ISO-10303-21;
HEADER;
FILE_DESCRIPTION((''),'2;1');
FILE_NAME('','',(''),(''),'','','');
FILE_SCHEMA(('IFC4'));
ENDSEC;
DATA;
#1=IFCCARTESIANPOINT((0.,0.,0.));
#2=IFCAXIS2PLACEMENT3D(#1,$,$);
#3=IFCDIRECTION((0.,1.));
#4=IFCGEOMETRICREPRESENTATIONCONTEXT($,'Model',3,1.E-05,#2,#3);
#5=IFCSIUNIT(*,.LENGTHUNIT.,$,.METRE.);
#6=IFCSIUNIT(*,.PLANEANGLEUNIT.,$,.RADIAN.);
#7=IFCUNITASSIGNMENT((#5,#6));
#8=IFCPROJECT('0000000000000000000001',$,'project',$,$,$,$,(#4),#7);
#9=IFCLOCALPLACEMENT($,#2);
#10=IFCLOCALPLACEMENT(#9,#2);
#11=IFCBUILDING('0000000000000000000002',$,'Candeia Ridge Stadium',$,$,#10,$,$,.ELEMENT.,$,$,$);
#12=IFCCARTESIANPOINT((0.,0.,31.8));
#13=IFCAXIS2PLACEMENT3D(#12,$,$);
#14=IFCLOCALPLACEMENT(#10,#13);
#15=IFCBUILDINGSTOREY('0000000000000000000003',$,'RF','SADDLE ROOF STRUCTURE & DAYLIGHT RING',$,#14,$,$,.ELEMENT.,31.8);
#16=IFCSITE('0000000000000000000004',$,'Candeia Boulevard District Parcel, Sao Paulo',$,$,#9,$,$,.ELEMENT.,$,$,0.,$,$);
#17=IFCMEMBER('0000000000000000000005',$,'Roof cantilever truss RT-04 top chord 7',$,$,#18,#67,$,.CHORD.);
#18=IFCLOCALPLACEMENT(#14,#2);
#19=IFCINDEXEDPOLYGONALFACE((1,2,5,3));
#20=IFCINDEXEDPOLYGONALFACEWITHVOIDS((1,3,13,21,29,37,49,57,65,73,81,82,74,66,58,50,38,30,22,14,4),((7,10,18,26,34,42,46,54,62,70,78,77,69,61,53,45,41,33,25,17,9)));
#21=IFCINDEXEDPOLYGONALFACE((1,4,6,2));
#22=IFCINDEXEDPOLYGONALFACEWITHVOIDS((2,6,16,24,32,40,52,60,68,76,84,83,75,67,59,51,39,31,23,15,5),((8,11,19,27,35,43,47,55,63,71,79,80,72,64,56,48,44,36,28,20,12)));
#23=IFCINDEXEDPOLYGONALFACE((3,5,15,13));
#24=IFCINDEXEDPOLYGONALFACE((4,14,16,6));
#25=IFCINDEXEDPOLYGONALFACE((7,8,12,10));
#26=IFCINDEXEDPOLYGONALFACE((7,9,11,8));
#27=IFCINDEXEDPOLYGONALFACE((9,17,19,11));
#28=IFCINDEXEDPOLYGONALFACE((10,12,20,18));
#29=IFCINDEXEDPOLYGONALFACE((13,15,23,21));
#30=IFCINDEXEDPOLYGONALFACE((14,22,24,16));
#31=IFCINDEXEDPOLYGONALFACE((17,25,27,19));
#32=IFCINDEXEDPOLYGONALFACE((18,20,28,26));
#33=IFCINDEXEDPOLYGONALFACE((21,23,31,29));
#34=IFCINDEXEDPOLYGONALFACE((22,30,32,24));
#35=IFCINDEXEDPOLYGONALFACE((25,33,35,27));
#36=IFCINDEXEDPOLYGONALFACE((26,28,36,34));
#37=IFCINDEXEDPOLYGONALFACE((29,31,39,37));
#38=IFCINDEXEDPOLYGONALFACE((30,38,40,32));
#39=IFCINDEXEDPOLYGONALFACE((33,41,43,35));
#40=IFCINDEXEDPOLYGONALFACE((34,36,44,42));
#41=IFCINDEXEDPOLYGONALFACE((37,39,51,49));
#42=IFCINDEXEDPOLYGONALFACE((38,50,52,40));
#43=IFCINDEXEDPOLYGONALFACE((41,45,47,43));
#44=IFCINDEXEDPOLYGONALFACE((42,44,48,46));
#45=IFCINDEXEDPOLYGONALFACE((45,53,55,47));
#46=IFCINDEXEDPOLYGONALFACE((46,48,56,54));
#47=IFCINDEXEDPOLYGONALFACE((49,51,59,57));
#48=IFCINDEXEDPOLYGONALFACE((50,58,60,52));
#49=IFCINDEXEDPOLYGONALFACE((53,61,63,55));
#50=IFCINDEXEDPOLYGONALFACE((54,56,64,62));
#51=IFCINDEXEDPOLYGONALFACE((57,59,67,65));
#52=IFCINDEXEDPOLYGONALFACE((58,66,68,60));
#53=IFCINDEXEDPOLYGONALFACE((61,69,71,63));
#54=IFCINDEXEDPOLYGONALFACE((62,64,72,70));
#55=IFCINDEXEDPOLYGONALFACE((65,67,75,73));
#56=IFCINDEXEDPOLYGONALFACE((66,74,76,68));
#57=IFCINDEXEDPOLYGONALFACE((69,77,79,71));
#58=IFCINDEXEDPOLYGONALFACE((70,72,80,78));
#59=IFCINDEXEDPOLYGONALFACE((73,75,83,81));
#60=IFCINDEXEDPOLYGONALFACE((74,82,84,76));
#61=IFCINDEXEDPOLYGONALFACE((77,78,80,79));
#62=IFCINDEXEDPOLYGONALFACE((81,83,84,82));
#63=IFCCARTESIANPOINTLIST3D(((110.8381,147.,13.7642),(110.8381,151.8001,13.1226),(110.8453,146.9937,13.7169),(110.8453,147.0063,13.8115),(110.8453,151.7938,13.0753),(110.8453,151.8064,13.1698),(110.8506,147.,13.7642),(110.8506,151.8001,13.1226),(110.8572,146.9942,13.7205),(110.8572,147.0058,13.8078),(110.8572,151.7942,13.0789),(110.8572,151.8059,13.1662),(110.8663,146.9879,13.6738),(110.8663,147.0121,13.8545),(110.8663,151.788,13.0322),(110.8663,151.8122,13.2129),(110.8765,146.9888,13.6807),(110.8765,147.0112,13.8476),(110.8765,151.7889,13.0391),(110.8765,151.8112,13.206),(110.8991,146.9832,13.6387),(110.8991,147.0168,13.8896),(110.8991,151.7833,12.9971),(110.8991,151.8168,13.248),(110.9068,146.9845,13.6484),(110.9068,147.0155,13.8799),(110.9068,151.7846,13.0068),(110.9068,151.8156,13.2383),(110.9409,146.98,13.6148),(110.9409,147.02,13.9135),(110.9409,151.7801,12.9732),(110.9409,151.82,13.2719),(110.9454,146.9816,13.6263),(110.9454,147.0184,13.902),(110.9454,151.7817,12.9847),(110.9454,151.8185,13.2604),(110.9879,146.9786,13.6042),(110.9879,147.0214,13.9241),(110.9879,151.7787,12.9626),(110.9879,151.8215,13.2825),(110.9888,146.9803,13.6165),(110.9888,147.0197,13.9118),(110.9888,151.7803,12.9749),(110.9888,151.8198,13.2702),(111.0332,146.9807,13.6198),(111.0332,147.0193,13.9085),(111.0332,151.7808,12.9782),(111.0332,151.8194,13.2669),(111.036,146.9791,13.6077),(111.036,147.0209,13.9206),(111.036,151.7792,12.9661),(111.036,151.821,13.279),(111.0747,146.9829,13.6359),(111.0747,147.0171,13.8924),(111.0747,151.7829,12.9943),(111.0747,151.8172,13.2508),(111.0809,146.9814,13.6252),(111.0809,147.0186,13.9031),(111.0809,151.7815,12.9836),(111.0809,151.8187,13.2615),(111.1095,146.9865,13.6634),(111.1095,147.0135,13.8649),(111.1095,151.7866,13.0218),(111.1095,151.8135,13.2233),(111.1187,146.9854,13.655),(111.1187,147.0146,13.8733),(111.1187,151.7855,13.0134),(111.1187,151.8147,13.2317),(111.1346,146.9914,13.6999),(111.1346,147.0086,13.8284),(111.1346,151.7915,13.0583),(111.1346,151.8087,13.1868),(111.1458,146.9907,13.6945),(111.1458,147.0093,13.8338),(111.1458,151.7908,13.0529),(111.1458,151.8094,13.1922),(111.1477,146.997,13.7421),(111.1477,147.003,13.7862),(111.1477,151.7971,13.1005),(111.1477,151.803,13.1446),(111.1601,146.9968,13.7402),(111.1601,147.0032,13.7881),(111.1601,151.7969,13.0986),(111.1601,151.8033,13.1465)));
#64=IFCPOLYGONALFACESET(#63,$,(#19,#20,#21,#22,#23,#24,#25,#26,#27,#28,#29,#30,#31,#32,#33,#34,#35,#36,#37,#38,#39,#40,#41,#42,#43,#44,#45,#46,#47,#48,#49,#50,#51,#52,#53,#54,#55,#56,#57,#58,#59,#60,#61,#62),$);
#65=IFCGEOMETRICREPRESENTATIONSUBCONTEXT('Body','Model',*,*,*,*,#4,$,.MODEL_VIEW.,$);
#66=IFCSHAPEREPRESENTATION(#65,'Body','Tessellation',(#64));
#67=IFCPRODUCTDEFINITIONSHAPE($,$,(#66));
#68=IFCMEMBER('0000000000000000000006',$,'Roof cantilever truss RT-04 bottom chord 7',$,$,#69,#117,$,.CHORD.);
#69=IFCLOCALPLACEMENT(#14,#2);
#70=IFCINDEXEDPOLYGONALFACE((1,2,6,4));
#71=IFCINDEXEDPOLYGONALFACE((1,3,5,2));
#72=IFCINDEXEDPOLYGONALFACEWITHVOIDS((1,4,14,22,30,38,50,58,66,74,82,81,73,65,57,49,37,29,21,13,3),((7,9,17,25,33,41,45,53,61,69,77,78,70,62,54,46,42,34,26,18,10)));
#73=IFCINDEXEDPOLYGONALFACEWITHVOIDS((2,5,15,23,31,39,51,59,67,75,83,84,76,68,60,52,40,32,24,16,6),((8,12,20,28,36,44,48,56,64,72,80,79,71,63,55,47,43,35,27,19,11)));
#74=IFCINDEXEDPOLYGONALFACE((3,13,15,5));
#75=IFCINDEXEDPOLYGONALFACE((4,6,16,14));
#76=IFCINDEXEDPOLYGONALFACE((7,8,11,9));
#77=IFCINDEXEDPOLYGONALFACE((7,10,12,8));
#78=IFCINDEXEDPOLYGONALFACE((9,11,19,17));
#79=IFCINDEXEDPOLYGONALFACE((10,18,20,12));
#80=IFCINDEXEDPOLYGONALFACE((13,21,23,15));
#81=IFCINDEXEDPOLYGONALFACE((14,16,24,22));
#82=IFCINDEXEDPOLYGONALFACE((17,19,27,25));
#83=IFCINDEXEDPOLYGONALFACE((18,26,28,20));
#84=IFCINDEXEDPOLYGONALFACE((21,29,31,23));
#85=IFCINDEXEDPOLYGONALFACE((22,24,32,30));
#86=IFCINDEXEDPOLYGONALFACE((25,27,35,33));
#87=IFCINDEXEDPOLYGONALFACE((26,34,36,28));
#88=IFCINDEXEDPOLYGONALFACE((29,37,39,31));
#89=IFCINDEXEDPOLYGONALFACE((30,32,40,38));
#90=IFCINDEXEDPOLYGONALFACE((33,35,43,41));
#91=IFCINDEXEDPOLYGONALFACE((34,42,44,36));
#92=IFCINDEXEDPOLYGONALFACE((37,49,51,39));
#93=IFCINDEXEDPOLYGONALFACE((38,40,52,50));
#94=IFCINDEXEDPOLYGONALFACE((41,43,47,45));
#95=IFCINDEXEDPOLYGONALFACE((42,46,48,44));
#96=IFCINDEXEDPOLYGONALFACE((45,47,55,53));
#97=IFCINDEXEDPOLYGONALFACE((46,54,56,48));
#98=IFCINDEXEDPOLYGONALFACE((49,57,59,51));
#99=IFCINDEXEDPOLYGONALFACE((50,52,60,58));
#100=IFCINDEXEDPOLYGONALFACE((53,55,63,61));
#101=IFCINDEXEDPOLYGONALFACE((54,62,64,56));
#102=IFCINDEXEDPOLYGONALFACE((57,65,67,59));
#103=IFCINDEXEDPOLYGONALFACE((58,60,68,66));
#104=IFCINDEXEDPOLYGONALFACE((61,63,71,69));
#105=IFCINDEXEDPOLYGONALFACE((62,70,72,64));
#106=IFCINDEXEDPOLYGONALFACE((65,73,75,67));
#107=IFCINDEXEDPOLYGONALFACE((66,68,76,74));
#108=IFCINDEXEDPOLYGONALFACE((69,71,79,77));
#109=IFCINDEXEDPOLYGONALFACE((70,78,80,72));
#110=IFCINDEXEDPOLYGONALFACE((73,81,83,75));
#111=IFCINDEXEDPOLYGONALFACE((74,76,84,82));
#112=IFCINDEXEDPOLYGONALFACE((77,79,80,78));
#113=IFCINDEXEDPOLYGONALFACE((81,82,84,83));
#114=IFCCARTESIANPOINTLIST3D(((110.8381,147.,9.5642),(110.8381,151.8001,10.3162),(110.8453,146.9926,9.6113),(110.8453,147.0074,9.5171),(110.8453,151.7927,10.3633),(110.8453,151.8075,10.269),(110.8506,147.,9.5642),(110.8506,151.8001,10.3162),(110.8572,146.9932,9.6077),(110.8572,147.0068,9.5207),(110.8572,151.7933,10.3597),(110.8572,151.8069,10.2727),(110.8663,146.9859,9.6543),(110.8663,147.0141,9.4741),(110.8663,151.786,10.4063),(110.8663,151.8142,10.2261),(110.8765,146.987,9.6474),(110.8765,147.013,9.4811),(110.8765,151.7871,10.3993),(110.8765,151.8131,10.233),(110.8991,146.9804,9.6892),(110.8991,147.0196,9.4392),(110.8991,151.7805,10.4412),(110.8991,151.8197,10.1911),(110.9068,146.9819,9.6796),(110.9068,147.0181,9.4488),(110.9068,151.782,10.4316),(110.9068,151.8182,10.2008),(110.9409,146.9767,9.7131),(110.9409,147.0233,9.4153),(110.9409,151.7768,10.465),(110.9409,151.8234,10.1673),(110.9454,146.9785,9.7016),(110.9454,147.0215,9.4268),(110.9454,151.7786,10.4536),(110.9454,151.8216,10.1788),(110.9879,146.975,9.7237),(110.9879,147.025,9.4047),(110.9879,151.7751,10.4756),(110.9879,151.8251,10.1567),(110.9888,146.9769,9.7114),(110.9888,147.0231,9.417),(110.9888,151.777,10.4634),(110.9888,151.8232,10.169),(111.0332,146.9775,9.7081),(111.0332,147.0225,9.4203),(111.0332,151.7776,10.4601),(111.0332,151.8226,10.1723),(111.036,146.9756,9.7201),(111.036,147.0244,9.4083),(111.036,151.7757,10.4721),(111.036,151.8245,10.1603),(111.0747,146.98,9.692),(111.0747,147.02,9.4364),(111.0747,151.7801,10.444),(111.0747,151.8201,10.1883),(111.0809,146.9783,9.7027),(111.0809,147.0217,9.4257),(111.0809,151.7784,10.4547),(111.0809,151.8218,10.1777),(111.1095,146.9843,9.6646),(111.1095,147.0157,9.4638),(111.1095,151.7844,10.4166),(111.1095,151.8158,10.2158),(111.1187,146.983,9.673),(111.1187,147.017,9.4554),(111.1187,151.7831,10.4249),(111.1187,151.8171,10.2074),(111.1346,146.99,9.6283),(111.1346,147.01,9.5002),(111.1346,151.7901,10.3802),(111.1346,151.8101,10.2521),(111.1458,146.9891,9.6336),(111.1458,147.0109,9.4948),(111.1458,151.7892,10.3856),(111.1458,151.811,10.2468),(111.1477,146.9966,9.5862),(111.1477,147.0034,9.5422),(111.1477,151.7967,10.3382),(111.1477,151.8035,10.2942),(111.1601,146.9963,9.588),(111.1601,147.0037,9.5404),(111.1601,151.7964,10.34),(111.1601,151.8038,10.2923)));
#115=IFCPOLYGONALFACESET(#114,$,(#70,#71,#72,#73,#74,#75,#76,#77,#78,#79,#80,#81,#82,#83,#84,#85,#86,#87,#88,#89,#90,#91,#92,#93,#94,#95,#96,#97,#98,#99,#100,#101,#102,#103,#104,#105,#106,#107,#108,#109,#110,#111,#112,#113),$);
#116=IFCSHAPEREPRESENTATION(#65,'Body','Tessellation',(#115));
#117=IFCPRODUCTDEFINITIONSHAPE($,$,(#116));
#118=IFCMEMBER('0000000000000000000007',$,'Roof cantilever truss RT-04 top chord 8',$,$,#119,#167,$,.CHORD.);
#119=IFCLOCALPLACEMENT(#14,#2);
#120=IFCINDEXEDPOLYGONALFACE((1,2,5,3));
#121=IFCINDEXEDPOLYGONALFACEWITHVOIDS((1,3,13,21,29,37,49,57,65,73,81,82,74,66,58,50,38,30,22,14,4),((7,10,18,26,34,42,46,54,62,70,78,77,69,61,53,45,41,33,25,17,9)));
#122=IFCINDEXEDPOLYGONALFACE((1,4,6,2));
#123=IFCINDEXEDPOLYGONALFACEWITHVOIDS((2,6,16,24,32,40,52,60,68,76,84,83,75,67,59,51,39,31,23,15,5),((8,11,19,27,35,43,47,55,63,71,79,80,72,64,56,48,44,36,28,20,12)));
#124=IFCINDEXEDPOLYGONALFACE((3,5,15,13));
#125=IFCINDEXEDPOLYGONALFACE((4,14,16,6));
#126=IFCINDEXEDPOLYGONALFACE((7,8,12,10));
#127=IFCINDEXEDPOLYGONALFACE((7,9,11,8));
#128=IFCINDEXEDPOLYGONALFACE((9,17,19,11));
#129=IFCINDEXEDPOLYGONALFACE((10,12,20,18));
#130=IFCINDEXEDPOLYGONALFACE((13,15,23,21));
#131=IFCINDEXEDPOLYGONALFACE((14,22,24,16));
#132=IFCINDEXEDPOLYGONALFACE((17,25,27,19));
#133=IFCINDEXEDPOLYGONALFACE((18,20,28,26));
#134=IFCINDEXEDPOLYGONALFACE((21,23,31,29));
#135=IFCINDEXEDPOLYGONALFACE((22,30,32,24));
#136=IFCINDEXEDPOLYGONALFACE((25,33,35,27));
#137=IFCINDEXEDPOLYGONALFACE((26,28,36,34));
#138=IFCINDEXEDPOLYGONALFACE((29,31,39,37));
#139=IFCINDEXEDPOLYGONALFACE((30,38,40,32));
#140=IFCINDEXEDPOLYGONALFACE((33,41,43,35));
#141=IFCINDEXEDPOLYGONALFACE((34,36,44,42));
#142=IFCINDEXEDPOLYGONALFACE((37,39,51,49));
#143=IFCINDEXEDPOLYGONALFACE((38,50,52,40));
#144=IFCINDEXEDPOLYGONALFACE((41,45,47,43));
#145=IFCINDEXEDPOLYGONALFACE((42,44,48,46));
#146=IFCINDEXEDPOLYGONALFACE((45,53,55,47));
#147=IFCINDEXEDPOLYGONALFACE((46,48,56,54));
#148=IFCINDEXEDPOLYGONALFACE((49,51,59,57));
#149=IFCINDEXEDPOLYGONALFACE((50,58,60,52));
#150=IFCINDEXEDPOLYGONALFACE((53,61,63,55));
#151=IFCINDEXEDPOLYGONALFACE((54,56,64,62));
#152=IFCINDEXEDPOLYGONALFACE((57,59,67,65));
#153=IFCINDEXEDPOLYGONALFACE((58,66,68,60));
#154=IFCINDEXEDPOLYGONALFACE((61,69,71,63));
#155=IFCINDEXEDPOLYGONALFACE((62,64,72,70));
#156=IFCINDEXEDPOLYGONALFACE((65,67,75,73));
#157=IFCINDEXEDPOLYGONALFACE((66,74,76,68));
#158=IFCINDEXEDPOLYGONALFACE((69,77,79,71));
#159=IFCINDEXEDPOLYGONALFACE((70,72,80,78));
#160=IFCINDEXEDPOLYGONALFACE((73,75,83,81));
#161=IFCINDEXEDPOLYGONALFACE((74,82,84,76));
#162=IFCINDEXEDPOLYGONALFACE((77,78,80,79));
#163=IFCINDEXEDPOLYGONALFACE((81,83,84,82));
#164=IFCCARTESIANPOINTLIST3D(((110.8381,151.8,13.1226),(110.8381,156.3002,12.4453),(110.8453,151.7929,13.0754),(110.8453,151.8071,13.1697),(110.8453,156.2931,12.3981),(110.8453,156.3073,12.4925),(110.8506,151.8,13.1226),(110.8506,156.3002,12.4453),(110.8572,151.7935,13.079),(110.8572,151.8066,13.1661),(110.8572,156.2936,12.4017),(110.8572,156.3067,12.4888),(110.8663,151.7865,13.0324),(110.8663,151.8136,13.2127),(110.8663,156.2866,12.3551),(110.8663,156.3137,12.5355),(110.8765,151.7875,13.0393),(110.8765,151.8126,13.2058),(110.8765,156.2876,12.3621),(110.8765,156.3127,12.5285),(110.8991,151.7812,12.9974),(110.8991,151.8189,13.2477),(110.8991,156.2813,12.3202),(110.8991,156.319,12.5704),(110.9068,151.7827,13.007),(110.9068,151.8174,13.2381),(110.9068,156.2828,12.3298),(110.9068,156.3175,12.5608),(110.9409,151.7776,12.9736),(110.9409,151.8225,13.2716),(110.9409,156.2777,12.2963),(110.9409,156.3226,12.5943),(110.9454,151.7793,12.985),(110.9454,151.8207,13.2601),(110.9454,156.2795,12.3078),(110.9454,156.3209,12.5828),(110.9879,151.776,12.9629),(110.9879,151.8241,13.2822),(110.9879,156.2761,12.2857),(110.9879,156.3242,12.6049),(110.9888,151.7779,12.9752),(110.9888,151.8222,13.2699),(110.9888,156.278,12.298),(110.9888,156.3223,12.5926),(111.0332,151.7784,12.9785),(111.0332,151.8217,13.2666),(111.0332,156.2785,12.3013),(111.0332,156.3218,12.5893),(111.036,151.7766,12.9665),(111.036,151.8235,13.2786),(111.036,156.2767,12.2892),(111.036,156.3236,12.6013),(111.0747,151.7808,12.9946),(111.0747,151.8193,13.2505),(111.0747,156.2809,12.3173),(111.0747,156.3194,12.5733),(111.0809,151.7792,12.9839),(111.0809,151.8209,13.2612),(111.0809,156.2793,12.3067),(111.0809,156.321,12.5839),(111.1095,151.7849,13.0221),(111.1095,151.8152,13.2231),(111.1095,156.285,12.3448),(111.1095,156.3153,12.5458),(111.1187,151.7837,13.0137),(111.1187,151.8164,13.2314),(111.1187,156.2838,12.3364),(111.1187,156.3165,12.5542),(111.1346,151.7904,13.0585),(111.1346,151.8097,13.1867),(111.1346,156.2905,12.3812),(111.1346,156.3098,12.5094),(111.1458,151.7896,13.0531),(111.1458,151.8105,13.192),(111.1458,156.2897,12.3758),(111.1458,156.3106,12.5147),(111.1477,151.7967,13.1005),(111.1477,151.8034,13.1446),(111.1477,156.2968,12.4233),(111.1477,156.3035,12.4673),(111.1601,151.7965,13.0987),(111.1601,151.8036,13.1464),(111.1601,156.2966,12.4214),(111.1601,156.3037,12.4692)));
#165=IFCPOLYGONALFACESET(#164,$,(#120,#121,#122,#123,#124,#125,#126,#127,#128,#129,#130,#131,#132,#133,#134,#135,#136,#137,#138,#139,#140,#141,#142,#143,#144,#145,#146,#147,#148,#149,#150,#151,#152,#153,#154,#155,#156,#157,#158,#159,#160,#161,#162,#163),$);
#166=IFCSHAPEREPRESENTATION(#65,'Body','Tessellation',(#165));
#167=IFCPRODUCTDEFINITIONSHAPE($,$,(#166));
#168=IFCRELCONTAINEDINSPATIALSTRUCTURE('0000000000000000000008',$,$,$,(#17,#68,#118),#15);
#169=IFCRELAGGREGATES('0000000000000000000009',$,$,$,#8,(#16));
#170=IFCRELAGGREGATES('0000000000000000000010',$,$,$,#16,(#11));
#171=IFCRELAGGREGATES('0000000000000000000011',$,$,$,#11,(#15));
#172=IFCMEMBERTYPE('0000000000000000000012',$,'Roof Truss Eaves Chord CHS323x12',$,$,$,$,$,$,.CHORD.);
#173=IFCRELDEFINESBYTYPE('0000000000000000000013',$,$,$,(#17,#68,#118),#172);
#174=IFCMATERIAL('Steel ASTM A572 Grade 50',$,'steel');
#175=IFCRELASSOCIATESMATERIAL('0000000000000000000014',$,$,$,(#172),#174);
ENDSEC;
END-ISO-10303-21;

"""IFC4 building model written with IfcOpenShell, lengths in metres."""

from ifc_helpers import new_model, si_unit, direction, frame, origin, origin_2d, place, context, subcontext, project, spatial, hollow_circle, extrude, material, material_profile, profile_set, type_object, element, save


model = new_model("IFC4")

# Units and contexts
model_context = context("Model", 3, precision=1e-05, world=origin(), true_north=direction((0.0, 1.0)))
body_context = subcontext(model_context, "Body", "Model", "MODEL_VIEW")
ifc_project = project(units=[si_unit("LENGTHUNIT", "METRE"), si_unit("PLANEANGLEUNIT", "RADIAN")], contexts=[model_context])

# Site, building, storey
site_placement = place(None, origin())
site = spatial("IfcSite", under=ifc_project, at=site_placement, Name="Candeia Boulevard District Parcel, Sao Paulo", CompositionType="ELEMENT", RefElevation=0.0)
building_placement = place(site_placement, origin())
building = spatial("IfcBuilding", under=site, at=building_placement, Name="Candeia Ridge Stadium", CompositionType="ELEMENT")
storey_placement = place(building_placement, frame((0.0, 0.0, 31.8)))
storey = spatial("IfcBuildingStorey", under=building, at=storey_placement, Name="RF", Description="SADDLE ROOF STRUCTURE & DAYLIGHT RING", CompositionType="ELEMENT", Elevation=31.8)

# Shared definitions
ifc_material_1 = material(Name="Steel ASTM A572 Grade 50", Category="steel")

# Members
ifc_material_profile_1 = material_profile(ifc_material_1, hollow_circle(Radius=0.1619, WallThickness=0.0125, at=origin_2d()), Name="CHS323x12", Category="steel")
ifc_profile_set_1 = profile_set([ifc_material_profile_1], Name="Steel ASTM A572 Grade 50")
member_type_1 = type_object("IfcMemberType", Name="Roof Truss Eaves Chord CHS323x12", PredefinedType="CHORD", material=ifc_profile_set_1)
member_1_placement = place(storey_placement, frame((111.0, 147.0, 13.7642), z_axis=(0.0, 0.991185, -0.132487), x_axis=(-1.0, 0.0, 0.0)))
element("IfcMember", 1, at=member_1_placement, inside=storey, type_object=member_type_1, Name="Roof cantilever truss RT-04 top chord 7", PredefinedType="CHORD", context=body_context, shape_type="SweptSolid", body=[
    extrude(hollow_circle(Radius=0.1619, WallThickness=0.0125, at=origin_2d()), origin(), (0.0, 0.0, 1.0), 4.8428),
])
member_2_placement = place(storey_placement, frame((111.0, 147.0, 9.5642), z_axis=(0.0, 0.987951, 0.154768), x_axis=(-1.0, 0.0, 0.0)))
element("IfcMember", 2, at=member_2_placement, inside=storey, type_object=member_type_1, Name="Roof cantilever truss RT-04 bottom chord 7", PredefinedType="CHORD", context=body_context, shape_type="SweptSolid", body=[
    extrude(hollow_circle(Radius=0.1619, WallThickness=0.0125, at=origin_2d()), origin(), (0.0, 0.0, 1.0), 4.8586),
])
member_3_placement = place(storey_placement, frame((111.0, 151.8, 13.1226), z_axis=(0.0, 0.988864, -0.148823), x_axis=(-1.0, 0.0, 0.0)))
element("IfcMember", 3, at=member_3_placement, inside=storey, type_object=member_type_1, Name="Roof cantilever truss RT-04 top chord 8", PredefinedType="CHORD", context=body_context, shape_type="SweptSolid", body=[
    extrude(hollow_circle(Radius=0.1619, WallThickness=0.0125, at=origin_2d()), origin(), (0.0, 0.0, 1.0), 4.5508),
])

save(model, "model.ifc")
